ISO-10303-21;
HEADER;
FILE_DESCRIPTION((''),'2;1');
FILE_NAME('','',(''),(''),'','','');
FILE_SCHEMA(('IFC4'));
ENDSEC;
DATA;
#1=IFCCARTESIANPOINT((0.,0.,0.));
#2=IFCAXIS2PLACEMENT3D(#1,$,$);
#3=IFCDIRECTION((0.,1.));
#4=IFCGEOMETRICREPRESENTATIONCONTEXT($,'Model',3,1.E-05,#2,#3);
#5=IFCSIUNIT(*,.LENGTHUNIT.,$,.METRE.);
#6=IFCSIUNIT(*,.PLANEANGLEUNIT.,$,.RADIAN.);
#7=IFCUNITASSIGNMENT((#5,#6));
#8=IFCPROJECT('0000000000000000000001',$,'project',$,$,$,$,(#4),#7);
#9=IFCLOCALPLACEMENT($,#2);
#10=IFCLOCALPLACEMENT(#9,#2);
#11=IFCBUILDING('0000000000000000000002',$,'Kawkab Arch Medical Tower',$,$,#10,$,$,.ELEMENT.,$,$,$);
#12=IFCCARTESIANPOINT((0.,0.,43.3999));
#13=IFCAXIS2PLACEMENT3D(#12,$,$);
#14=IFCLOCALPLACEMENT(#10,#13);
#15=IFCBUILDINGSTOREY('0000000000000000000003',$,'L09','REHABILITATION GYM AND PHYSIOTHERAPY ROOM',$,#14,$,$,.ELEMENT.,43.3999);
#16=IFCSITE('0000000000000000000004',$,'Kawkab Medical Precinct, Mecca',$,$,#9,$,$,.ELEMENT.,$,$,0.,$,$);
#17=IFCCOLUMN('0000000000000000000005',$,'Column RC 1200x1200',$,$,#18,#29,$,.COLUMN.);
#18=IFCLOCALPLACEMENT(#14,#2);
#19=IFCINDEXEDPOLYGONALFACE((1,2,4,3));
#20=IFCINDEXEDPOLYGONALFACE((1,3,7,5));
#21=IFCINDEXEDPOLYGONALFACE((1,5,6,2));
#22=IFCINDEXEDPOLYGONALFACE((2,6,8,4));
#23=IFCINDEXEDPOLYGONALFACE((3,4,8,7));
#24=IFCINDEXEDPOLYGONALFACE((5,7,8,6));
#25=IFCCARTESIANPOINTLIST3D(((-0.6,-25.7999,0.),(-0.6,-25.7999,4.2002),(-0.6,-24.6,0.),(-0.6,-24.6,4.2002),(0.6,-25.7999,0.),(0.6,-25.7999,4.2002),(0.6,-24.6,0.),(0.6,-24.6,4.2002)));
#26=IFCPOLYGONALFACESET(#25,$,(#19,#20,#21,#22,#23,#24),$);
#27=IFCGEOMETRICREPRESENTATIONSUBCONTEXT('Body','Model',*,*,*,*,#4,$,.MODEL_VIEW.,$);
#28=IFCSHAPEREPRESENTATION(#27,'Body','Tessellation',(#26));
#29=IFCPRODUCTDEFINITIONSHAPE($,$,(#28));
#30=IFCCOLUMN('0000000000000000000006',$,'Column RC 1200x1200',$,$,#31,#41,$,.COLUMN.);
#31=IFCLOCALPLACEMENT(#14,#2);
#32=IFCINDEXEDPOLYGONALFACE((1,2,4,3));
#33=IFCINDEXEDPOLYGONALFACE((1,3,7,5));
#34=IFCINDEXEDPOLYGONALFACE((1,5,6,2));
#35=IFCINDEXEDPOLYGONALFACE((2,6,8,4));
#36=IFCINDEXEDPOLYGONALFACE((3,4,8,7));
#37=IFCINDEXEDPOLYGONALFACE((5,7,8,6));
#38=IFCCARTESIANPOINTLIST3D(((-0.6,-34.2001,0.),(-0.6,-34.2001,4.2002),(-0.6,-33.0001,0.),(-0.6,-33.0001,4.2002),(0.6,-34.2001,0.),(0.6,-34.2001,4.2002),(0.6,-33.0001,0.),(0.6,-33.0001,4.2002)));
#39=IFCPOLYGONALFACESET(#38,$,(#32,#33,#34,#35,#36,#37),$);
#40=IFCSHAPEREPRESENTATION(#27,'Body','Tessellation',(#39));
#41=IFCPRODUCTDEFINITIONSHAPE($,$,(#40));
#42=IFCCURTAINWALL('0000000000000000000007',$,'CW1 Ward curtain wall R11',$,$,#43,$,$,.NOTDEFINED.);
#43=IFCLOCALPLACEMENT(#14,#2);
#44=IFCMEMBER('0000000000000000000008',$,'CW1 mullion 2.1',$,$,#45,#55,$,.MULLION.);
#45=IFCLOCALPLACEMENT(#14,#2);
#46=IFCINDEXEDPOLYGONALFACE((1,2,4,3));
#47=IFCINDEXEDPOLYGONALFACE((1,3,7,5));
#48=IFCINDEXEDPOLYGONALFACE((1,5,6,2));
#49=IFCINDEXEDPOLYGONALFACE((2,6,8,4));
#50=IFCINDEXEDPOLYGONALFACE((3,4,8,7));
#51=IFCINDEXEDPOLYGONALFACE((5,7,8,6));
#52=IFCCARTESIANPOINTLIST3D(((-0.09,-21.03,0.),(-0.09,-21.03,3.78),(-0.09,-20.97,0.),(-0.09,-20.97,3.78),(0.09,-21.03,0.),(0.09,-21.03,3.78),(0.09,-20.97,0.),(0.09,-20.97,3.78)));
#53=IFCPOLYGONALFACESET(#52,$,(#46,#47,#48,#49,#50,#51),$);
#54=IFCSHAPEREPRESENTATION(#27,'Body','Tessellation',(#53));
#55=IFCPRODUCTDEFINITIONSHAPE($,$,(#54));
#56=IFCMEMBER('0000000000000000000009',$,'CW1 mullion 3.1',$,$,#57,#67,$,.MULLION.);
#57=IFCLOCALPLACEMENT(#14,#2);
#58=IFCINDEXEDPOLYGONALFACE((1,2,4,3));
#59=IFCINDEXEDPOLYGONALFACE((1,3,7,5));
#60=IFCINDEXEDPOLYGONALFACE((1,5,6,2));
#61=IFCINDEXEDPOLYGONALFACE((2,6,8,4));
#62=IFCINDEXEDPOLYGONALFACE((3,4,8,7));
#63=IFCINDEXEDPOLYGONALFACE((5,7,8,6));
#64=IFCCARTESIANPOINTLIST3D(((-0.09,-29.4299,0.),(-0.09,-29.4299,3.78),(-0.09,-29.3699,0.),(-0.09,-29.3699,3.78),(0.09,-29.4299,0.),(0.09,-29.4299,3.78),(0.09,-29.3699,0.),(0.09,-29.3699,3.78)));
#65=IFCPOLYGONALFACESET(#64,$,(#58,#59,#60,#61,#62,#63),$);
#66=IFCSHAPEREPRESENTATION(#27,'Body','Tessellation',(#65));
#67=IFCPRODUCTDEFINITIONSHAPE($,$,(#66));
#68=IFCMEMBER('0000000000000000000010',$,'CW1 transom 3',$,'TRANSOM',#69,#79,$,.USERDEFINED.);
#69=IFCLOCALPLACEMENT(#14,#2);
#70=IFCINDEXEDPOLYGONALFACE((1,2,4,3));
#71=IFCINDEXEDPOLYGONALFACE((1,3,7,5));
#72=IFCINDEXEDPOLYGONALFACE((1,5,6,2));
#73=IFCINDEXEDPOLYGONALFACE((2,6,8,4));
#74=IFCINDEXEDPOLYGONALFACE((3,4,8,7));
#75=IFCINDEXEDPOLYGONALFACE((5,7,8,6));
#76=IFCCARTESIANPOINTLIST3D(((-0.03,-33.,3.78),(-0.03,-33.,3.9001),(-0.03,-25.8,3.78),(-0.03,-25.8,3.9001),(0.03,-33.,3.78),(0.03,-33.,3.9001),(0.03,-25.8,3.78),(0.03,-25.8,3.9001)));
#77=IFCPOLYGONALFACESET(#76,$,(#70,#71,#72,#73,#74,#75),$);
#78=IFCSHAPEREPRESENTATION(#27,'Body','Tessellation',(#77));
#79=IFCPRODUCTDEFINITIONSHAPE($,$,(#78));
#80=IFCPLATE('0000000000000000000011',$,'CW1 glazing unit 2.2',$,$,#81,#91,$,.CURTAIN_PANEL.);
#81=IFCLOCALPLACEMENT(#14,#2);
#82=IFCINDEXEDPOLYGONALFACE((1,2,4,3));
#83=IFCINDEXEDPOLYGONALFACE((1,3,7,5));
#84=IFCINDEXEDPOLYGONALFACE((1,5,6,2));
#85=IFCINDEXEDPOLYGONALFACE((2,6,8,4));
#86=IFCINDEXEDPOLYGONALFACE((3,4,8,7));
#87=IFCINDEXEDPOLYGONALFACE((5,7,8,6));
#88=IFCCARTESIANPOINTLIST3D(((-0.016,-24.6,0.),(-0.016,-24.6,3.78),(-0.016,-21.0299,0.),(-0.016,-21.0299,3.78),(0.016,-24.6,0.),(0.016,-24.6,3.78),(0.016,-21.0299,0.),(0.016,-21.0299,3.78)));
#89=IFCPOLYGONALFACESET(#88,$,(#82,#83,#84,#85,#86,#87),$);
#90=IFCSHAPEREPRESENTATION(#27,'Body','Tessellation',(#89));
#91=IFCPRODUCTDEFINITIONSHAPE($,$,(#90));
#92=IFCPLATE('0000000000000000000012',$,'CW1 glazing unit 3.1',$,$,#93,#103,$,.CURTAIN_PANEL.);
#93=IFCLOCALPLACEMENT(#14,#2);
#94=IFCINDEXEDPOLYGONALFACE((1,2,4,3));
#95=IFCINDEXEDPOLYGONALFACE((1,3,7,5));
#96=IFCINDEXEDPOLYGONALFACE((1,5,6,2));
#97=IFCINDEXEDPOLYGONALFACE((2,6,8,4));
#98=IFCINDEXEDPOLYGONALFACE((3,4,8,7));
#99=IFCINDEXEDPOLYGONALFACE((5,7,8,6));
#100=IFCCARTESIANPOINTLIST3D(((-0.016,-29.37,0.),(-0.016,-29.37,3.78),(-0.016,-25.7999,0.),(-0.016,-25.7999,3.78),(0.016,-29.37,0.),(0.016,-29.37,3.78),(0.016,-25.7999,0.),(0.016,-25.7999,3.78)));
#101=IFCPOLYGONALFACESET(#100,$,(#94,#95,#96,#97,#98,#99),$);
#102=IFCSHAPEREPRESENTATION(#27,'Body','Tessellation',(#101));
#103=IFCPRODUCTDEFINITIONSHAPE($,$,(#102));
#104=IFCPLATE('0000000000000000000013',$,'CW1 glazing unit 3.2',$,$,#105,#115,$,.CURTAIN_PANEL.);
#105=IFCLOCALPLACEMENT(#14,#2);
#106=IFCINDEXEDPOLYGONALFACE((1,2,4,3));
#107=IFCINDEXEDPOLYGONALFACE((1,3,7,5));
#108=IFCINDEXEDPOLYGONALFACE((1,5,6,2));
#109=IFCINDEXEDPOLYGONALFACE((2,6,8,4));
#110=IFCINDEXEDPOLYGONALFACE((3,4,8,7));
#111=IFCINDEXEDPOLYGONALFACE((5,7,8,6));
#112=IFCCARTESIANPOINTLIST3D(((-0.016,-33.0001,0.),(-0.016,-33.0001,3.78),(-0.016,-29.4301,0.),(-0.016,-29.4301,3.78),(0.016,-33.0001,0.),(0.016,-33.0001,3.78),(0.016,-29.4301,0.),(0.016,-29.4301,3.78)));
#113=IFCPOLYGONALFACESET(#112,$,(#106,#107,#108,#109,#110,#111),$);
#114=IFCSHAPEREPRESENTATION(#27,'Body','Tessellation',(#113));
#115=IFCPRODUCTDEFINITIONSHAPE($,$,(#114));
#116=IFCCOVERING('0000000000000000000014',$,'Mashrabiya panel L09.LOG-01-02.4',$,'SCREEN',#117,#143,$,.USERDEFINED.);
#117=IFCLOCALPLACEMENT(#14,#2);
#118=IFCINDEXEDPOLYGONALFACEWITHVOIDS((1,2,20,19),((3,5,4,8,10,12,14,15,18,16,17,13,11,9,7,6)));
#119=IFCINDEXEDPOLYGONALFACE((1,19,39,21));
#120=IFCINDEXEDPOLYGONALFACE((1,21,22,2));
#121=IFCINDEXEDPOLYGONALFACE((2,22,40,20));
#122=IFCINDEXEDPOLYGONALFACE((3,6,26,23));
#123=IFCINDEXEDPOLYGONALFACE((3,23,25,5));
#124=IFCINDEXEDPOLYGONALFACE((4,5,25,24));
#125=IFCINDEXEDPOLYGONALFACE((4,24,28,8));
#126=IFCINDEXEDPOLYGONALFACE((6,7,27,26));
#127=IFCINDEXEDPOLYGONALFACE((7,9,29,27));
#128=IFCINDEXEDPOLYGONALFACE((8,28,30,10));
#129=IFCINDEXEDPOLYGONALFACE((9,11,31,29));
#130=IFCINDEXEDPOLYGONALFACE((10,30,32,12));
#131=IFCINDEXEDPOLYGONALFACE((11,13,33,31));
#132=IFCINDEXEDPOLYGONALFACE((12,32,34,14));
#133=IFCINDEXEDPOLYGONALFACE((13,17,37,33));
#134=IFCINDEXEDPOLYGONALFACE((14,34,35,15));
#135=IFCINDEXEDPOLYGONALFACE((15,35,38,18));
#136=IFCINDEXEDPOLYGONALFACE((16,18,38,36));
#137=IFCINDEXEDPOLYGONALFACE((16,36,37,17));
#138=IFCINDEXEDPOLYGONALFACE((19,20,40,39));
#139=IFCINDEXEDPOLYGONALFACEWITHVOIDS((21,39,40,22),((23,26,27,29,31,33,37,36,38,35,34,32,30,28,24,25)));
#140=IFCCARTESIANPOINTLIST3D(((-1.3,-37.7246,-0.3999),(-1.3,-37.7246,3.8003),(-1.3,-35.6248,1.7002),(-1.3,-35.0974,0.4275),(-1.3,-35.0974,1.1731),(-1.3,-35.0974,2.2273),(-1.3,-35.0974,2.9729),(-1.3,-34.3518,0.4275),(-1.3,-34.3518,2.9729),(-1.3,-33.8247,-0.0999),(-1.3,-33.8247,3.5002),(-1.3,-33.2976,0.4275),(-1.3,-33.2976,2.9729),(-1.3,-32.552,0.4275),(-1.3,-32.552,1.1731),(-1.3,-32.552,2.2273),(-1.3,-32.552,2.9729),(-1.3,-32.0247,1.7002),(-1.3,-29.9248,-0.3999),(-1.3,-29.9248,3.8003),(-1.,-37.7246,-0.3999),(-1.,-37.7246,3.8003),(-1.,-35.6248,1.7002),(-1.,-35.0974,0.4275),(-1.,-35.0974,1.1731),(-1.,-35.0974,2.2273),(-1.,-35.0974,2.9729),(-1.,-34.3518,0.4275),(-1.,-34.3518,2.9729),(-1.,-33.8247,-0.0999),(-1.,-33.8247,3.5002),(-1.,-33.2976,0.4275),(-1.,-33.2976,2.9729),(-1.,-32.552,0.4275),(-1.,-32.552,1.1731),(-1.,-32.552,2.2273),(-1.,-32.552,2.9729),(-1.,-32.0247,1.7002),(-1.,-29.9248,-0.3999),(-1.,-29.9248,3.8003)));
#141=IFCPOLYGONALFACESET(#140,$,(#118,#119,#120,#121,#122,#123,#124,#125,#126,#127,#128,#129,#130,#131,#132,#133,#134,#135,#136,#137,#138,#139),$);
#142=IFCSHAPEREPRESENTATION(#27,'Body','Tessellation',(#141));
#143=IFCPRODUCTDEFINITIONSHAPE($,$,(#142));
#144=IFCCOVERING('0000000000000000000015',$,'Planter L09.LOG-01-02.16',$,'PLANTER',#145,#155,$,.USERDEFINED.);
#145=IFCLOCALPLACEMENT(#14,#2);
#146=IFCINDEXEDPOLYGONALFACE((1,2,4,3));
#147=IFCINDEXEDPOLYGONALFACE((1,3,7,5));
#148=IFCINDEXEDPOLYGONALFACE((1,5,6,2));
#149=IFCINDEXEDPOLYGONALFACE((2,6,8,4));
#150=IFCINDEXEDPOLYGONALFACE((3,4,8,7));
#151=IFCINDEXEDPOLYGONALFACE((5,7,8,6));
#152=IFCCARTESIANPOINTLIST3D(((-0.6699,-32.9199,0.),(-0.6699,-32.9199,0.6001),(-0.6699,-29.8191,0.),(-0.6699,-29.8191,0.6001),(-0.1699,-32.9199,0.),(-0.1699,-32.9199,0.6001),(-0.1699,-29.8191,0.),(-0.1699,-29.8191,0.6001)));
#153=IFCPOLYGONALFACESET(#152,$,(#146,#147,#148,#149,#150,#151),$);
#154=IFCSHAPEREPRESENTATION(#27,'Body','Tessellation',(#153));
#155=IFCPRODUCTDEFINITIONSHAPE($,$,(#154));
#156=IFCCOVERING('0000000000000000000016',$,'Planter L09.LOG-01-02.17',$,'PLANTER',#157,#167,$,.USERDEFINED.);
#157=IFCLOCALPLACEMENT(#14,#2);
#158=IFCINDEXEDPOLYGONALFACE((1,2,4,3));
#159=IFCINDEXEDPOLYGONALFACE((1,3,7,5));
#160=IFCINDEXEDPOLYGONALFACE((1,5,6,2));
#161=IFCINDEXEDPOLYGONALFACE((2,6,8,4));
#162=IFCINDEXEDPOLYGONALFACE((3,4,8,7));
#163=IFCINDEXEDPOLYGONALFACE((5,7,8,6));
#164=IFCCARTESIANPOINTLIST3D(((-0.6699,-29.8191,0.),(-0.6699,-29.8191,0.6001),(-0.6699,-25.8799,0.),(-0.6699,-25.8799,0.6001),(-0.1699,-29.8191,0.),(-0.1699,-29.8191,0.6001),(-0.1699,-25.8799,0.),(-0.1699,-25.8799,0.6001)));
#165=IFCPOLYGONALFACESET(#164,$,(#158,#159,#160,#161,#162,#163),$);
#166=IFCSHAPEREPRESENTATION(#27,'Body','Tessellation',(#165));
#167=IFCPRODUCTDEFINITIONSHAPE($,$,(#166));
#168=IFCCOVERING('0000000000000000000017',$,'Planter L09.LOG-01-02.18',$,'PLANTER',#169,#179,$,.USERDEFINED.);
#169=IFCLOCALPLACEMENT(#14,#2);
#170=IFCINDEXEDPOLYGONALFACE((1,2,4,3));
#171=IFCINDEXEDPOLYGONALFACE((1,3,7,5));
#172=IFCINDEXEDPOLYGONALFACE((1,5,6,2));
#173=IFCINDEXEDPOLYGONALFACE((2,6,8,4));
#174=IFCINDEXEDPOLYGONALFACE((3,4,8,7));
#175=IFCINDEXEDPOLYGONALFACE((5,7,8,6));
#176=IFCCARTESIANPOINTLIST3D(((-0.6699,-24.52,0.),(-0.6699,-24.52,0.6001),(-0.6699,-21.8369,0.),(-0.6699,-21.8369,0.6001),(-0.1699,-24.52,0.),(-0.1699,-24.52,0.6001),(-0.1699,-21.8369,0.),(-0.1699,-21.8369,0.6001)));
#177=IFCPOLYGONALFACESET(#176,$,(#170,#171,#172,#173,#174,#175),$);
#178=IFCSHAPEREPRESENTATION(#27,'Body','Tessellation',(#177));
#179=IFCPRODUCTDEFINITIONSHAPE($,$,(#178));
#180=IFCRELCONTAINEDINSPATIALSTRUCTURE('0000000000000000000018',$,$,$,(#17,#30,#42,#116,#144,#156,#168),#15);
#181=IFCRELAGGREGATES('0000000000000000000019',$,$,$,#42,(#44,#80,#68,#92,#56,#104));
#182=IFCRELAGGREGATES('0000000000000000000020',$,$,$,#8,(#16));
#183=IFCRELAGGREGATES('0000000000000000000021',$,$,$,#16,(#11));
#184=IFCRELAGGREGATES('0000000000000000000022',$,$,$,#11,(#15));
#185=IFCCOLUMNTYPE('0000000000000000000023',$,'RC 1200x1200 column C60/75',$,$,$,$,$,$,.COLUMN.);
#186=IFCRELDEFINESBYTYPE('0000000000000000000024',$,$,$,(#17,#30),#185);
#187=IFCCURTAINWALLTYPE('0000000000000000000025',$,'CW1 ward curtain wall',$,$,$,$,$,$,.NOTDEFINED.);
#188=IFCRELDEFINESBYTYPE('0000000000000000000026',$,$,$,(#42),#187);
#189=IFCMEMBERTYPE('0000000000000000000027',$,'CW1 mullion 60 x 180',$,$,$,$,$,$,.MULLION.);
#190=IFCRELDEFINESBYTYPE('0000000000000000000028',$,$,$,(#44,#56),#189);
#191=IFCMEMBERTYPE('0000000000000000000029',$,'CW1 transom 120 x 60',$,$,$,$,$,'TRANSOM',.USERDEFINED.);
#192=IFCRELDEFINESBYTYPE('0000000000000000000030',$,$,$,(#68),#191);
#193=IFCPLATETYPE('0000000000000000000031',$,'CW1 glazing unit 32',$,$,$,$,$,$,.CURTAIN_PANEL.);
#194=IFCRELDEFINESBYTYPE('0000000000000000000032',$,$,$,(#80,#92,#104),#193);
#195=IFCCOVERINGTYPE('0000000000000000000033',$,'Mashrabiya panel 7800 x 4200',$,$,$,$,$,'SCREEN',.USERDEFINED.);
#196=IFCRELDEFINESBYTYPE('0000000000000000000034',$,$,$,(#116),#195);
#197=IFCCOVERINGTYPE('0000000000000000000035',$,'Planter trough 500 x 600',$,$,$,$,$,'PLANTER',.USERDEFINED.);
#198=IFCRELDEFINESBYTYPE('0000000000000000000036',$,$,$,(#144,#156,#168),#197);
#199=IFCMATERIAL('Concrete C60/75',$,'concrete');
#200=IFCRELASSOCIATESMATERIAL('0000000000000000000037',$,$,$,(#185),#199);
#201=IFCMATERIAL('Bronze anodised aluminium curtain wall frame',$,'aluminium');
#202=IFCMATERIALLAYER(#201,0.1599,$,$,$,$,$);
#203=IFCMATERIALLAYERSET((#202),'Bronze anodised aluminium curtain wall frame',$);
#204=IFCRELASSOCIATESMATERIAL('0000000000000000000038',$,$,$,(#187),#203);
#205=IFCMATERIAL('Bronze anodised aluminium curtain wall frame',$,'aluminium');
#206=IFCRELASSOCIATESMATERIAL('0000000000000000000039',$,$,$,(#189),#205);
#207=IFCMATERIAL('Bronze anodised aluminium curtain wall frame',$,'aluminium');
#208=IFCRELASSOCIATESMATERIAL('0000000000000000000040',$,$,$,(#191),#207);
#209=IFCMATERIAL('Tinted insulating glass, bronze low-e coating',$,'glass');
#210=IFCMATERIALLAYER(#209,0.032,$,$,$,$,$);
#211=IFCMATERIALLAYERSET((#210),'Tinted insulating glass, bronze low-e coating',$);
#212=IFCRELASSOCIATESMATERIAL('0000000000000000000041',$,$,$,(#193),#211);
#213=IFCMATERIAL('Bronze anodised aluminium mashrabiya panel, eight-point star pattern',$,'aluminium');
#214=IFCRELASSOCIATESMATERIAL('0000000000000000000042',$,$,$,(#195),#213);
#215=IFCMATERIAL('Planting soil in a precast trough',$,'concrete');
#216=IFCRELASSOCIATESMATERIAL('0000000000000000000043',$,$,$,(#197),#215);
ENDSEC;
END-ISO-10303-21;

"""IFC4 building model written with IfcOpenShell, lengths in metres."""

from ifc_helpers import new_model, si_unit, direction, frame, origin, origin_2d, place, context, subcontext, project, spatial, polyline, rectangle, outline, extrude, material, layer, layer_set, material_profile, profile_set, type_object, element, aggregate, save


model = new_model("IFC4")

# Units and contexts
model_context = context("Model", 3, precision=1e-05, world=origin(), true_north=direction((0.0, 1.0)))
body_context = subcontext(model_context, "Body", "Model", "MODEL_VIEW")
ifc_project = project(units=[si_unit("LENGTHUNIT", "METRE"), si_unit("PLANEANGLEUNIT", "RADIAN")], contexts=[model_context])

# Site, building, storey
site_placement = place(None, origin())
site = spatial("IfcSite", under=ifc_project, at=site_placement, Name="Kawkab Medical Precinct, Mecca", CompositionType="ELEMENT", RefElevation=0.0)
building_placement = place(site_placement, origin())
building = spatial("IfcBuilding", under=site, at=building_placement, Name="Kawkab Arch Medical Tower", CompositionType="ELEMENT")
storey_placement = place(building_placement, frame((0.0, 0.0, 43.3999)))
storey = spatial("IfcBuildingStorey", under=building, at=storey_placement, Name="L09", Description="REHABILITATION GYM AND PHYSIOTHERAPY ROOM", CompositionType="ELEMENT", Elevation=43.3999)

# Columns
ifc_material_1 = material(Name="Concrete C60/75", Category="concrete")
ifc_material_profile_1 = material_profile(ifc_material_1, rectangle(XDim=1.2, YDim=1.2, at=origin_2d()), Name="RC 1200x1200")
ifc_profile_set_1 = profile_set([ifc_material_profile_1], Name="Concrete C60/75")
column_type = type_object("IfcColumnType", Name="RC 1200x1200 column C60/75", PredefinedType="COLUMN", material=ifc_profile_set_1)
for number, where, z_axis, x_axis, name in (
    (1, (0.0, -25.2, 0.0), (0.0, 0.0, 1.0), (1.0, 0.0, 0.0), "Column RC 1200x1200"),
    (2, (0.0, -33.6001, 0.0), (0.0, 0.0, 1.0), (1.0, 0.0, 0.0), "Column RC 1200x1200"),
):
    element("IfcColumn", number, at=place(storey_placement, frame(where, z_axis=z_axis, x_axis=x_axis)), inside=storey, type_object=column_type, Name=name, PredefinedType="COLUMN", context=body_context, shape_type="SweptSolid", body=[
        extrude(rectangle(XDim=1.2, YDim=1.2, at=origin_2d()), origin(), (0.0, 0.0, 1.0), 4.2002),
    ])

# Curtain wall, members, plates
ifc_material_2 = material(Name="Bronze anodised aluminium curtain wall frame", Category="aluminium")
ifc_layer_1 = layer(ifc_material_2, 0.1599)
ifc_layer_set_1 = layer_set([ifc_layer_1], Name="Bronze anodised aluminium curtain wall frame")
curtain_wall_type = type_object("IfcCurtainWallType", Name="CW1 ward curtain wall", PredefinedType="NOTDEFINED", material=ifc_layer_set_1)
curtain_wall_placement = place(storey_placement, origin())
curtain_wall = element("IfcCurtainWall", 3, at=curtain_wall_placement, inside=storey, type_object=curtain_wall_type, Name="CW1 Ward curtain wall R11", PredefinedType="NOTDEFINED")
ifc_material_3 = material(Name="Bronze anodised aluminium curtain wall frame", Category="aluminium")
ifc_material_profile_2 = material_profile(ifc_material_3, rectangle(XDim=0.1799, YDim=0.0601, at=origin_2d()), Name="AL 60x180")
ifc_profile_set_2 = profile_set([ifc_material_profile_2], Name="Bronze anodised aluminium curtain wall frame")
member_type_1 = type_object("IfcMemberType", Name="CW1 mullion 60 x 180", PredefinedType="MULLION", material=ifc_profile_set_2)
member_1_placement = place(storey_placement, frame((0.0, -21.0, 0.0), z_axis=(0.0, 0.0, 1.0), x_axis=(1.0, 0.0, 0.0)))
member_1 = element("IfcMember", 4, at=member_1_placement, type_object=member_type_1, Name="CW1 mullion 2.1", PredefinedType="MULLION", context=body_context, shape_type="SweptSolid", body=[
    extrude(rectangle(XDim=0.1799, YDim=0.0601, at=origin_2d()), origin(), (0.0, 0.0, 1.0), 3.78),
])
member_2_placement = place(storey_placement, frame((0.0, -29.3999, 0.0), z_axis=(0.0, 0.0, 1.0), x_axis=(1.0, 0.0, 0.0)))
member_2 = element("IfcMember", 5, at=member_2_placement, type_object=member_type_1, Name="CW1 mullion 3.1", PredefinedType="MULLION", context=body_context, shape_type="SweptSolid", body=[
    extrude(rectangle(XDim=0.1799, YDim=0.0601, at=origin_2d()), origin(), (0.0, 0.0, 1.0), 3.78),
])
ifc_material_4 = material(Name="Bronze anodised aluminium curtain wall frame", Category="aluminium")
ifc_material_profile_3 = material_profile(ifc_material_4, rectangle(XDim=0.0601, YDim=0.1201, at=origin_2d()), Name="AL 60x120")
ifc_profile_set_3 = profile_set([ifc_material_profile_3], Name="Bronze anodised aluminium curtain wall frame")
member_type_2 = type_object("IfcMemberType", Name="CW1 transom 120 x 60", ElementType="TRANSOM", PredefinedType="USERDEFINED", material=ifc_profile_set_3)
member_3_placement = place(storey_placement, frame((0.0, -25.8, 3.8401), z_axis=(0.0, -1.0, 0.0), x_axis=(1.0, 0.0, 0.0)))
member_3 = element("IfcMember", 6, at=member_3_placement, type_object=member_type_2, Name="CW1 transom 3", ObjectType="TRANSOM", PredefinedType="USERDEFINED", context=body_context, shape_type="SweptSolid", body=[
    extrude(rectangle(XDim=0.0601, YDim=0.1201, at=origin_2d()), origin(), (0.0, 0.0, 1.0), 7.2),
])
ifc_material_5 = material(Name="Tinted insulating glass, bronze low-e coating", Category="glass")
ifc_layer_2 = layer(ifc_material_5, 0.032)
ifc_layer_set_2 = layer_set([ifc_layer_2], Name="Tinted insulating glass, bronze low-e coating")
plate_type = type_object("IfcPlateType", Name="CW1 glazing unit 32", PredefinedType="CURTAIN_PANEL", material=ifc_layer_set_2)
plate_1_placement = place(storey_placement, frame((0.0, -22.8149, 0.0), z_axis=(0.0, 0.0, 1.0), x_axis=(0.0, -1.0, 0.0)))
plate_1 = element("IfcPlate", 7, at=plate_1_placement, type_object=plate_type, Name="CW1 glazing unit 2.2", PredefinedType="CURTAIN_PANEL", context=body_context, shape_type="SweptSolid", body=[
    extrude(rectangle(XDim=3.5701, YDim=0.032, at=origin_2d()), origin(), (0.0, 0.0, 1.0), 3.78),
])
plate_2_placement = place(storey_placement, frame((0.0, -27.585, 0.0), z_axis=(0.0, 0.0, 1.0), x_axis=(0.0, -1.0, 0.0)))
plate_2 = element("IfcPlate", 8, at=plate_2_placement, type_object=plate_type, Name="CW1 glazing unit 3.1", PredefinedType="CURTAIN_PANEL", context=body_context, shape_type="SweptSolid", body=[
    extrude(rectangle(XDim=3.5701, YDim=0.032, at=origin_2d()), origin(), (0.0, 0.0, 1.0), 3.78),
])
plate_3_placement = place(storey_placement, frame((0.0, -31.2151, 0.0), z_axis=(0.0, 0.0, 1.0), x_axis=(0.0, -1.0, 0.0)))
plate_3 = element("IfcPlate", 9, at=plate_3_placement, type_object=plate_type, Name="CW1 glazing unit 3.2", PredefinedType="CURTAIN_PANEL", context=body_context, shape_type="SweptSolid", body=[
    extrude(rectangle(XDim=3.5701, YDim=0.032, at=origin_2d()), origin(), (0.0, 0.0, 1.0), 3.78),
])
aggregate(curtain_wall, [member_1, plate_1, member_3, plate_2, member_2, plate_3])

# Coverings
ifc_material_6 = material(Name="Bronze anodised aluminium mashrabiya panel, eight-point star pattern", Category="aluminium")
ifc_material_profile_4 = material_profile(ifc_material_6, outline(polyline([(-3.8999, -2.1001), (3.8999, -2.1001), (3.8999, 2.1001), (-3.8999, 2.1001), (-3.8999, -2.1001)]), holes=[polyline([(1.8, 0.0), (1.2727, 0.5271), (1.2727, 1.2727), (0.5271, 1.2727), (0.0, 1.8), (-0.5271, 1.2727), (-1.2727, 1.2727), (-1.2727, 0.5271), (-1.8, 0.0), (-1.2727, -0.5271), (-1.2727, -1.2727), (-0.5271, -1.2727), (0.0, -1.8), (0.5271, -1.2727), (1.2727, -1.2727), (1.2727, -0.5271), (1.8, 0.0)])]), Name="Mashrabiya panel 7800x4200")
ifc_profile_set_4 = profile_set([ifc_material_profile_4], Name="Bronze anodised aluminium mashrabiya panel, eight-point star pattern")
covering_type_1 = type_object("IfcCoveringType", Name="Mashrabiya panel 7800 x 4200", ElementType="SCREEN", PredefinedType="USERDEFINED", material=ifc_profile_set_4)
covering_1_placement = place(storey_placement, frame((-1.0, -33.8247, 1.7002), z_axis=(-1.0, 0.0, 0.0), x_axis=(0.0, -1.0, 0.0)))
element("IfcCovering", 10, at=covering_1_placement, inside=storey, type_object=covering_type_1, Name="Mashrabiya panel L09.LOG-01-02.4", ObjectType="SCREEN", PredefinedType="USERDEFINED", context=body_context, shape_type="SweptSolid", body=[
    extrude(outline(polyline([(-3.8999, -2.1001), (3.8999, -2.1001), (3.8999, 2.1001), (-3.8999, 2.1001), (-3.8999, -2.1001)]), holes=[polyline([(1.8, 0.0), (1.2727, 0.5271), (1.2727, 1.2727), (0.5271, 1.2727), (0.0, 1.8), (-0.5271, 1.2727), (-1.2727, 1.2727), (-1.2727, 0.5271), (-1.8, 0.0), (-1.2727, -0.5271), (-1.2727, -1.2727), (-0.5271, -1.2727), (0.0, -1.8), (0.5271, -1.2727), (1.2727, -1.2727), (1.2727, -0.5271), (1.8, 0.0)])]), origin(), (0.0, 0.0, 1.0), 0.3),
])
ifc_material_7 = material(Name="Planting soil in a precast trough", Category="concrete")
ifc_material_profile_5 = material_profile(ifc_material_7, rectangle(XDim=0.5, YDim=0.6001, at=origin_2d()), Name="Trough 500x600")
ifc_profile_set_5 = profile_set([ifc_material_profile_5], Name="Planting soil in a precast trough")
covering_type_2 = type_object("IfcCoveringType", Name="Planter trough 500 x 600", ElementType="PLANTER", PredefinedType="USERDEFINED", material=ifc_profile_set_5)
covering_2_placement = place(storey_placement, frame((-0.4199, -32.9199, 0.3), z_axis=(0.0, 1.0, 0.0), x_axis=(-1.0, 0.0, 0.0)))
element("IfcCovering", 11, at=covering_2_placement, inside=storey, type_object=covering_type_2, Name="Planter L09.LOG-01-02.16", ObjectType="PLANTER", PredefinedType="USERDEFINED", context=body_context, shape_type="SweptSolid", body=[
    extrude(rectangle(XDim=0.5, YDim=0.6001, at=origin_2d()), origin(), (0.0, 0.0, 1.0), 3.1008),
])
covering_3_placement = place(storey_placement, frame((-0.4199, -29.8191, 0.3), z_axis=(0.0, 1.0, 0.0), x_axis=(-1.0, 0.0, 0.0)))
element("IfcCovering", 12, at=covering_3_placement, inside=storey, type_object=covering_type_2, Name="Planter L09.LOG-01-02.17", ObjectType="PLANTER", PredefinedType="USERDEFINED", context=body_context, shape_type="SweptSolid", body=[
    extrude(rectangle(XDim=0.5, YDim=0.6001, at=origin_2d()), origin(), (0.0, 0.0, 1.0), 3.9392),
])
covering_4_placement = place(storey_placement, frame((-0.4199, -24.52, 0.3), z_axis=(0.0, 1.0, 0.0), x_axis=(-1.0, 0.0, 0.0)))
element("IfcCovering", 13, at=covering_4_placement, inside=storey, type_object=covering_type_2, Name="Planter L09.LOG-01-02.18", ObjectType="PLANTER", PredefinedType="USERDEFINED", context=body_context, shape_type="SweptSolid", body=[
    extrude(rectangle(XDim=0.5, YDim=0.6001, at=origin_2d()), origin(), (0.0, 0.0, 1.0), 2.6831),
])

save(model, "model.ifc")
